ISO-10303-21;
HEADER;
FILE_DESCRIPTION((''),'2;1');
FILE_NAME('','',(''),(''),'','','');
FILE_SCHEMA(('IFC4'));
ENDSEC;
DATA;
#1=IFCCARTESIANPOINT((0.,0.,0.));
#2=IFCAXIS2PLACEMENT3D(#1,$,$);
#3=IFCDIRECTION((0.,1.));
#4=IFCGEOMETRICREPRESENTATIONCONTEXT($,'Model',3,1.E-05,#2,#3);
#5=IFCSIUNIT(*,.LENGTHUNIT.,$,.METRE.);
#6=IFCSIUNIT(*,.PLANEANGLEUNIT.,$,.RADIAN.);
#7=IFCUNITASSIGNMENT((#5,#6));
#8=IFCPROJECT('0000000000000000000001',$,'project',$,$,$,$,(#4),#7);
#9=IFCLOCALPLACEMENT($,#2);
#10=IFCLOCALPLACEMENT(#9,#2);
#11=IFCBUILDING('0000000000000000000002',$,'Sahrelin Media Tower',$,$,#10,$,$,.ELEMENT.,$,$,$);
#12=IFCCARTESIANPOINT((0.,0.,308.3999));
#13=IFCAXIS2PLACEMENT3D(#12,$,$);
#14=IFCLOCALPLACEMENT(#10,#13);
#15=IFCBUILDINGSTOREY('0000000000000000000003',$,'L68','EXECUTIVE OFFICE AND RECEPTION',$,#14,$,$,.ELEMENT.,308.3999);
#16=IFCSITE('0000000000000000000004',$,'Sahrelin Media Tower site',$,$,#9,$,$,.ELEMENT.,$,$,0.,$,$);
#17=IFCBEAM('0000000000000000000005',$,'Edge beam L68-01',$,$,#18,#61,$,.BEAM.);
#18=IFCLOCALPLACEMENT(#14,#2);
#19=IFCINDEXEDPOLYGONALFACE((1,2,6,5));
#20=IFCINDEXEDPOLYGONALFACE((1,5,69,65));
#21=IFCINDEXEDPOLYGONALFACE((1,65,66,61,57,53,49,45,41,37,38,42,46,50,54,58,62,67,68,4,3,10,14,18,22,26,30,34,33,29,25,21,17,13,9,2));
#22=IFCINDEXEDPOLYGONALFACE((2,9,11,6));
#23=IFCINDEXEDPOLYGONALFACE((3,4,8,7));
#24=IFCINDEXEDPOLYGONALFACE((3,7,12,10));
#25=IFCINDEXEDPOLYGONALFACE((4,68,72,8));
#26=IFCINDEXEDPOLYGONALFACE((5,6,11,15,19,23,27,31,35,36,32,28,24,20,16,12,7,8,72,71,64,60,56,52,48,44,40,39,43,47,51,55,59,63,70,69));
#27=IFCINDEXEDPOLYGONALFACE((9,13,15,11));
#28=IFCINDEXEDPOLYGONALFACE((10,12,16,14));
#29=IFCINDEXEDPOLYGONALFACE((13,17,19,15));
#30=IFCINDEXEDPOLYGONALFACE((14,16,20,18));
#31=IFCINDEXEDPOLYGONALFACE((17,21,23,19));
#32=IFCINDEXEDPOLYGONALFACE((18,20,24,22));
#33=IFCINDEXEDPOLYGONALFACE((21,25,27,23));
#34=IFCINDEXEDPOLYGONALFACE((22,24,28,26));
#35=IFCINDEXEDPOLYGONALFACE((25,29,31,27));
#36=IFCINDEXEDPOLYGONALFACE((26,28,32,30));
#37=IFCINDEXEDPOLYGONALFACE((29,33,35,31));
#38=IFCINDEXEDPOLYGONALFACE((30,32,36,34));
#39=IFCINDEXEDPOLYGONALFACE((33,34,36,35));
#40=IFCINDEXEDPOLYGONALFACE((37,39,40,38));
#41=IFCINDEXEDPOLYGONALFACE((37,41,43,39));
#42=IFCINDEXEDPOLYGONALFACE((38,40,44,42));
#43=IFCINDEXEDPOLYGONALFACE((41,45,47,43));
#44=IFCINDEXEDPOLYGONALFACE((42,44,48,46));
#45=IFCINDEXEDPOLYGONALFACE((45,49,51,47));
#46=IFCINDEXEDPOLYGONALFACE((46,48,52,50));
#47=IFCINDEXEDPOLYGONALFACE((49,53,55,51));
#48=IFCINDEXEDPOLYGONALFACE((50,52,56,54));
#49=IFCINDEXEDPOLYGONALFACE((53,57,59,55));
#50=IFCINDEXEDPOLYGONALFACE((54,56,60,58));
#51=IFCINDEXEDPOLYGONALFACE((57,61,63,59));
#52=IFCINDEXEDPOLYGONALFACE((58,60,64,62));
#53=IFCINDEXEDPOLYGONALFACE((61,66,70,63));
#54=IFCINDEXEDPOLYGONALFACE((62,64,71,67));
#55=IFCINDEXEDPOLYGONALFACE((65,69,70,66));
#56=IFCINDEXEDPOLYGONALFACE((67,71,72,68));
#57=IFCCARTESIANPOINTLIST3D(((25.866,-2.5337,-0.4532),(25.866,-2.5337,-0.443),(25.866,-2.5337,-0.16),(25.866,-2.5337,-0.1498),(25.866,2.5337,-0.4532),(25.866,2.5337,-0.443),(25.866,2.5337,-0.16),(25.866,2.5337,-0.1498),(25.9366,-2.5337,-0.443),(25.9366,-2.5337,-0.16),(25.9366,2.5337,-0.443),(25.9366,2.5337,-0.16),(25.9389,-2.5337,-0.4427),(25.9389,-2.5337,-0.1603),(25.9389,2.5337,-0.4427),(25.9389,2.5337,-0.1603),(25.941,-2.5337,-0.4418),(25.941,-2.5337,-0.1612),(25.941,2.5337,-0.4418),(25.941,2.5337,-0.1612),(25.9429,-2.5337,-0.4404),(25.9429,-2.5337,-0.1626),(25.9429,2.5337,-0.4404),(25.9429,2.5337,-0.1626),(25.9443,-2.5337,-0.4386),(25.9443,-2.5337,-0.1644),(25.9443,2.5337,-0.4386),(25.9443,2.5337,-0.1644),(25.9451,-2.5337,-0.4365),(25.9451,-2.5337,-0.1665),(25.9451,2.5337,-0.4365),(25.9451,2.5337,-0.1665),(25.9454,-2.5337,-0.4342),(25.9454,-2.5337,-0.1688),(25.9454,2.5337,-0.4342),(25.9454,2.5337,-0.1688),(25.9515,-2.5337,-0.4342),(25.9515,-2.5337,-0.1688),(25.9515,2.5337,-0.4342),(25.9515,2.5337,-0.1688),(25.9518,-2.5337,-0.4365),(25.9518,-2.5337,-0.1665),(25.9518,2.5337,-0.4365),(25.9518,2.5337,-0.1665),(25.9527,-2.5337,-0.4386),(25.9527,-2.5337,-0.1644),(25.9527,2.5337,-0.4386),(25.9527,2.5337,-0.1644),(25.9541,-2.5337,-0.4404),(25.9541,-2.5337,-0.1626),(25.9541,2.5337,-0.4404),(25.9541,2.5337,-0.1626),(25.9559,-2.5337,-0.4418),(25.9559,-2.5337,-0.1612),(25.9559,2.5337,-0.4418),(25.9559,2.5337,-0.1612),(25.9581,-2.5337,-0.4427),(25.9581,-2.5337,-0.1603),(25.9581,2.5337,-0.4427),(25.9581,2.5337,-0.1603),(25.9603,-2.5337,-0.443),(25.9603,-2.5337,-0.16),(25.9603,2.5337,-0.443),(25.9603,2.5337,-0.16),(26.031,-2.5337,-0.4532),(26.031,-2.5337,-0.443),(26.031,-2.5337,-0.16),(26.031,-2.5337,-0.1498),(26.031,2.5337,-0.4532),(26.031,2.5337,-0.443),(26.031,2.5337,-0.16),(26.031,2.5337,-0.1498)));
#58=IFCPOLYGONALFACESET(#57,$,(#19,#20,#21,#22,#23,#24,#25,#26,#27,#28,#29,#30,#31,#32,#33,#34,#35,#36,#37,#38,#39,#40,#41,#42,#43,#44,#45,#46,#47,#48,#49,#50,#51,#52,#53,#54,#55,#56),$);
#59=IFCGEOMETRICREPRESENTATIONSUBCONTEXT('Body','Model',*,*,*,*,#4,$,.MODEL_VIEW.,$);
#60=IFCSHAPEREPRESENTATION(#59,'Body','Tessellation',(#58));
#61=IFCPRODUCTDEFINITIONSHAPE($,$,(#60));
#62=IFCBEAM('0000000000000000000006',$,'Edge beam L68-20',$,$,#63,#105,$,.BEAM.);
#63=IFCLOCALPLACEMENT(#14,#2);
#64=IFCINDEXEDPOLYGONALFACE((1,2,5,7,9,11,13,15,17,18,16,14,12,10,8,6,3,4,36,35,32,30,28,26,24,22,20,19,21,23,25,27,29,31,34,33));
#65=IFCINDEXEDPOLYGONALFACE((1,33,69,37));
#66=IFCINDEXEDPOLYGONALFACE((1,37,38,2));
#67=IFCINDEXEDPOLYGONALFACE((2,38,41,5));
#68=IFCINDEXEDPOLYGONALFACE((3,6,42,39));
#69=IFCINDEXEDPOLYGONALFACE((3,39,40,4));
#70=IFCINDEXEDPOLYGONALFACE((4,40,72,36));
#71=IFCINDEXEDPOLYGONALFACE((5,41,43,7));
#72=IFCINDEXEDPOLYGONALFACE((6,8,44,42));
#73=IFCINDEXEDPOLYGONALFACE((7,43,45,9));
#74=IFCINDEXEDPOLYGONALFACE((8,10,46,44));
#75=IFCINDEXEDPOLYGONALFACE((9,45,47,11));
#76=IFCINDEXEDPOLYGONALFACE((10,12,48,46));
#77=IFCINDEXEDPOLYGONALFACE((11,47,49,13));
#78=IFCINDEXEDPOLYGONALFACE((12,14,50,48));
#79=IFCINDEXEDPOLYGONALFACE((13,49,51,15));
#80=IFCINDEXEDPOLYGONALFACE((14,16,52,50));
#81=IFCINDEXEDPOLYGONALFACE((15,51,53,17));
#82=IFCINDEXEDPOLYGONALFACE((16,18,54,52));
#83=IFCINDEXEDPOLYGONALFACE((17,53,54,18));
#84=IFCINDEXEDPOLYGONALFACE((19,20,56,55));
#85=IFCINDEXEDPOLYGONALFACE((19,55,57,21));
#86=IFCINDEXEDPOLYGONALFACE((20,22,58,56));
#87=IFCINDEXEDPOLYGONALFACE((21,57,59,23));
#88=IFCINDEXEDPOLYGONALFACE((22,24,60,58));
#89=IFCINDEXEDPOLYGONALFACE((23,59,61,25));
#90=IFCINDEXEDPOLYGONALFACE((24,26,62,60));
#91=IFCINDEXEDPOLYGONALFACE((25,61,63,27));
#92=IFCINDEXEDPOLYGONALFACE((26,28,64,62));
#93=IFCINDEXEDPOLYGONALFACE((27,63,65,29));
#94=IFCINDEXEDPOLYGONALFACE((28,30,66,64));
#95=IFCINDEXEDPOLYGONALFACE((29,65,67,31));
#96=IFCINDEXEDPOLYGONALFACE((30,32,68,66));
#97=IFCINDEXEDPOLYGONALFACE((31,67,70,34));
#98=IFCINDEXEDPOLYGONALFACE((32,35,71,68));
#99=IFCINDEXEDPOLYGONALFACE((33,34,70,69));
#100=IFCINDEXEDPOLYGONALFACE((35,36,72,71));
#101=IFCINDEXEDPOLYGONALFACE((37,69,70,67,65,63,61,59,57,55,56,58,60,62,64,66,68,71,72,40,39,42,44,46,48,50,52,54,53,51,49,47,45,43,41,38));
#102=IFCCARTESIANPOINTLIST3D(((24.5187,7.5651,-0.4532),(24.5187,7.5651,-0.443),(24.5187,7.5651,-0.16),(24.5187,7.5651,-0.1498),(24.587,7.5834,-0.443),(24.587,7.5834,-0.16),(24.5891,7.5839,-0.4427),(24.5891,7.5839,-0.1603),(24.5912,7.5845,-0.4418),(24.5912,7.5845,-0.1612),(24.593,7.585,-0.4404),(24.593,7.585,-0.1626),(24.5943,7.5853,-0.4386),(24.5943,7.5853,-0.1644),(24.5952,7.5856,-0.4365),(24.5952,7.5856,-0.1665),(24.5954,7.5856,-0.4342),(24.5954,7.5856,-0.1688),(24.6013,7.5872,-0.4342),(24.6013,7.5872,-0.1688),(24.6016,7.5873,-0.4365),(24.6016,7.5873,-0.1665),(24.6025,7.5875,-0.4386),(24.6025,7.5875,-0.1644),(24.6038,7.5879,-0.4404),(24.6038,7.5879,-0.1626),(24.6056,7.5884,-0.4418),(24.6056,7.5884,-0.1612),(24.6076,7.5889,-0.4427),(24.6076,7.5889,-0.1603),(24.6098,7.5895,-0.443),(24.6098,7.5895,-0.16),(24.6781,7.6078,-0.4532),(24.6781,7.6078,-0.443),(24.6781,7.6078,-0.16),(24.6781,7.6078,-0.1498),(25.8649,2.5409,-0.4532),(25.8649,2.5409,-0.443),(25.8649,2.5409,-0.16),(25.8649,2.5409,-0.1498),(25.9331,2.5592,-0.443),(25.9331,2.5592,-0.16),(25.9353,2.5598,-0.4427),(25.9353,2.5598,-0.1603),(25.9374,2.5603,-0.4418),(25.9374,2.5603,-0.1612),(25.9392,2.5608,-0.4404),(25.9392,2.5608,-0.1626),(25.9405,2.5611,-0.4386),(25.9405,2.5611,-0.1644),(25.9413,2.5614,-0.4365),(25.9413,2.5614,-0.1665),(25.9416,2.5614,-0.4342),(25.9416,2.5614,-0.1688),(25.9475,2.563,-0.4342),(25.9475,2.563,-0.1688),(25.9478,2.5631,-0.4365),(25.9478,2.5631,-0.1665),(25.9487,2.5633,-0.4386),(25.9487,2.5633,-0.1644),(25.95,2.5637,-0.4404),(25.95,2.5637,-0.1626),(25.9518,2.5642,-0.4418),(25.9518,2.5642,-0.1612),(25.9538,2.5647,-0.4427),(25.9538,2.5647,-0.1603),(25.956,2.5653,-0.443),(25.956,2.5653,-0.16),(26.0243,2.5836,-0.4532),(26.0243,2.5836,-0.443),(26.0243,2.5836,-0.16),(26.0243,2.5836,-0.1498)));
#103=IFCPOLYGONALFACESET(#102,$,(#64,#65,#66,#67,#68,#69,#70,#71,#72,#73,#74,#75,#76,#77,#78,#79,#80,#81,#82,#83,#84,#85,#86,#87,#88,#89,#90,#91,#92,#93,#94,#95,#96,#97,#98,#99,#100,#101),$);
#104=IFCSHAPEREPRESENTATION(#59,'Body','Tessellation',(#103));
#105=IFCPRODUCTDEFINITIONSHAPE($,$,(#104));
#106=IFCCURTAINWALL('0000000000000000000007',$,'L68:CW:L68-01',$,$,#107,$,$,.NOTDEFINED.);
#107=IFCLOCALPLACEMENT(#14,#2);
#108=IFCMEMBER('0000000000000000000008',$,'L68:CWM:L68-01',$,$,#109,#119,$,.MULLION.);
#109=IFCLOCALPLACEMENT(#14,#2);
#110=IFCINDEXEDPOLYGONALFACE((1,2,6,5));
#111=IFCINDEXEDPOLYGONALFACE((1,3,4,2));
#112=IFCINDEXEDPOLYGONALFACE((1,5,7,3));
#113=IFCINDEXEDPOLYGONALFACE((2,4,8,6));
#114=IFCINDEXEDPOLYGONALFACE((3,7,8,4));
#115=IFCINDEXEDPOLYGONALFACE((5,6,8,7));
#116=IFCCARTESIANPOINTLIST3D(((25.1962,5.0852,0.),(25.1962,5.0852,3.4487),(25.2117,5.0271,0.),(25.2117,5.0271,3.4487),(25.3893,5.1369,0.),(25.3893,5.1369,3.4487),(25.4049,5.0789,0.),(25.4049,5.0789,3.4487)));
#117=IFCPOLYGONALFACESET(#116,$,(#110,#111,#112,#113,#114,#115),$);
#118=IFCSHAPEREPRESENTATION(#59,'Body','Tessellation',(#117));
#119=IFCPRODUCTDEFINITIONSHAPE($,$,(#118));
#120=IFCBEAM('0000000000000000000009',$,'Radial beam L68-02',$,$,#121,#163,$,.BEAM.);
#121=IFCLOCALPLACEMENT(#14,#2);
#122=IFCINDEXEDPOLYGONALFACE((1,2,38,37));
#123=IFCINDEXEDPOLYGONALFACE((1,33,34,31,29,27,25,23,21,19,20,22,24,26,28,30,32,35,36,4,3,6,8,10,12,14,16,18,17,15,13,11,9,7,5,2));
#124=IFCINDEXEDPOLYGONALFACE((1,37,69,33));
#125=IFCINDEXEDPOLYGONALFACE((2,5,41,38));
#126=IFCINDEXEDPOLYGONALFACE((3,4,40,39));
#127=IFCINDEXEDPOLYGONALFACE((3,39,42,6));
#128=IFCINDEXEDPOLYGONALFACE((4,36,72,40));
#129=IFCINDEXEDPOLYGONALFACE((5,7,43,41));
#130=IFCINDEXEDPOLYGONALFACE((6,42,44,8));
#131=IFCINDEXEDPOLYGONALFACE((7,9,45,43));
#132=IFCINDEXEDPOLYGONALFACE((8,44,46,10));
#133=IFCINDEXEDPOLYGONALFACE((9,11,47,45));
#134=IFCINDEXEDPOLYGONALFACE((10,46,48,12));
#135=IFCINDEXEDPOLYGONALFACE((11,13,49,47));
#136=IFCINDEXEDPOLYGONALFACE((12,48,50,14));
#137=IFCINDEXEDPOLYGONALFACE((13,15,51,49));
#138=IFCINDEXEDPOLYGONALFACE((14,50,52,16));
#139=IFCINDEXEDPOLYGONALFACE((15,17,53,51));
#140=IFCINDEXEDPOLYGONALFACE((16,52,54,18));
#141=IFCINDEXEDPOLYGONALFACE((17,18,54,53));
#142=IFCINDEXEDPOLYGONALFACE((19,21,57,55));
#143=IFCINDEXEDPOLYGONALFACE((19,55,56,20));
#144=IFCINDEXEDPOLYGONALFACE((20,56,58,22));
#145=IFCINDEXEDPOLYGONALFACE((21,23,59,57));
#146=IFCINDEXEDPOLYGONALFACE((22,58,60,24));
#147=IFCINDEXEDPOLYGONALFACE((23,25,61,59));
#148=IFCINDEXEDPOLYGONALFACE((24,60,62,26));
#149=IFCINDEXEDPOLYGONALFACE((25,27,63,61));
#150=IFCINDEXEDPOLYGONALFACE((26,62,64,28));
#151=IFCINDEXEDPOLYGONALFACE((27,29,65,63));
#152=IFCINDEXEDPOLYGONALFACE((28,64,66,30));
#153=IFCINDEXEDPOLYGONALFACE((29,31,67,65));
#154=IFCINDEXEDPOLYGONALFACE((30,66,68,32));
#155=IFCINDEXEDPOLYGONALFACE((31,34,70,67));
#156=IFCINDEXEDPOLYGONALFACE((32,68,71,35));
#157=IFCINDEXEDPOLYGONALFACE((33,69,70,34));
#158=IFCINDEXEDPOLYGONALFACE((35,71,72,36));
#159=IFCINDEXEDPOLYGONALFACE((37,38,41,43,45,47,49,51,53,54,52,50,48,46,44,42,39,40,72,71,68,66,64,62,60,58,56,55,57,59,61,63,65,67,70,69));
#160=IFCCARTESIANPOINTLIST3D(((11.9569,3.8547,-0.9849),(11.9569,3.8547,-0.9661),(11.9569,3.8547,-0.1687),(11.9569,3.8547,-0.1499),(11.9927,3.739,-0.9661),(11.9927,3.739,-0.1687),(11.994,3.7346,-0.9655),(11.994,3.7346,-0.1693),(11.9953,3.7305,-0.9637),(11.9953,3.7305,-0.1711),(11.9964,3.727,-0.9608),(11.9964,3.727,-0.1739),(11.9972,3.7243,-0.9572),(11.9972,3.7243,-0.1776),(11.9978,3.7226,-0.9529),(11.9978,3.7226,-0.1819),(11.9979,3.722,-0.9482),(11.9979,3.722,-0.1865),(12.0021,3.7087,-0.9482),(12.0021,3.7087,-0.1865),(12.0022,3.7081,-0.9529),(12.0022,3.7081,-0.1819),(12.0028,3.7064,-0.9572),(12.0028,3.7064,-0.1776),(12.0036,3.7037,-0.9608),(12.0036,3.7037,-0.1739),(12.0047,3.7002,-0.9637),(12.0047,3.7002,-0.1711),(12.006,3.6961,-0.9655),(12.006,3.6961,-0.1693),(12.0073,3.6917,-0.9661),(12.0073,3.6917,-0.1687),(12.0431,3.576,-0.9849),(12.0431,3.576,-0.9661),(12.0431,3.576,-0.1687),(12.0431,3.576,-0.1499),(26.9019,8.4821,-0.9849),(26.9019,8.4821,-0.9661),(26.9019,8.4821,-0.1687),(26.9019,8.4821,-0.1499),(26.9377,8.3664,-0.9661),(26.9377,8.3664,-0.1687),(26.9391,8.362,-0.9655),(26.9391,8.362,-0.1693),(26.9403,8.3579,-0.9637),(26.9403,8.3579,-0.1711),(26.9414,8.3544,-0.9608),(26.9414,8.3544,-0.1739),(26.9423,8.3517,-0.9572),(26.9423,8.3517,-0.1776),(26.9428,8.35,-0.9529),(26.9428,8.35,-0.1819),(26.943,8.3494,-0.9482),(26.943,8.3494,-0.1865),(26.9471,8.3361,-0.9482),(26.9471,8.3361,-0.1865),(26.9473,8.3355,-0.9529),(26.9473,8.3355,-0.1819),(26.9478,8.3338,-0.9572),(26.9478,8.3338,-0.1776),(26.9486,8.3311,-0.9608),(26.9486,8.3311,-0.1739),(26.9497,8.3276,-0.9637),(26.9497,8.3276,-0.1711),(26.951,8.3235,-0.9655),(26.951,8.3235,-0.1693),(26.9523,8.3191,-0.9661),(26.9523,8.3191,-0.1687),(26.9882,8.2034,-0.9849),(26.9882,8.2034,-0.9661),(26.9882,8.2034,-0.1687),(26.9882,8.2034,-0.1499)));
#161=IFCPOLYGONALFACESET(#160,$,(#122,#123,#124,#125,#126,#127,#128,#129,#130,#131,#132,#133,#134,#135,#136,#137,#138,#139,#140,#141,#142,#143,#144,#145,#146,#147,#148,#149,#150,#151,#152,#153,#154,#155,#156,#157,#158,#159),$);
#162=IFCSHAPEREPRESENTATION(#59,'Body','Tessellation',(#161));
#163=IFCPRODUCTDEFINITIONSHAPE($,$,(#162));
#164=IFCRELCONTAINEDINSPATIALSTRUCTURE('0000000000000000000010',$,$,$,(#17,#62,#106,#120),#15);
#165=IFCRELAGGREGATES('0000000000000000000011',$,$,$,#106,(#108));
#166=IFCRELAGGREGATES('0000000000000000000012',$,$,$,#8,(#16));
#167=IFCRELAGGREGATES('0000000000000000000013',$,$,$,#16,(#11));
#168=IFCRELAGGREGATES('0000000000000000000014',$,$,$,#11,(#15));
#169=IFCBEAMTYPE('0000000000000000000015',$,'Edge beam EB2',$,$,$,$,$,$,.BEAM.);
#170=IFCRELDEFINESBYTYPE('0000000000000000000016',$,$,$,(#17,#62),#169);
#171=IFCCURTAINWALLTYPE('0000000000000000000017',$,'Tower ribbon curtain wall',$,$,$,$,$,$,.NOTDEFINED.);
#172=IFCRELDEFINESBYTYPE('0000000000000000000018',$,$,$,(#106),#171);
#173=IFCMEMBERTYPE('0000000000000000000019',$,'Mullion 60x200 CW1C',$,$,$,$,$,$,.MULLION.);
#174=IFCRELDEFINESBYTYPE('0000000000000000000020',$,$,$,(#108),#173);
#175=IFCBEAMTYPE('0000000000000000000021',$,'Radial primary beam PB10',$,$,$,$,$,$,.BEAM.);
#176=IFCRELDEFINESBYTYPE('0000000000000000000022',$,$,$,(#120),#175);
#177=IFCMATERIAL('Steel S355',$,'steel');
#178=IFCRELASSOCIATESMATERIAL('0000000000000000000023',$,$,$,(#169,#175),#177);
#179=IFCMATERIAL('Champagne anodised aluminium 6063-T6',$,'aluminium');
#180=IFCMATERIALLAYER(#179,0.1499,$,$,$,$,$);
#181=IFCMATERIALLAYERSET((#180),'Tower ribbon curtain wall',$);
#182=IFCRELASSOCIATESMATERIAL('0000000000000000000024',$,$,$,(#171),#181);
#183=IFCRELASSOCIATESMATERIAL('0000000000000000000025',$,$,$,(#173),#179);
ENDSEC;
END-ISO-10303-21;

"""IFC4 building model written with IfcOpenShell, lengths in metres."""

from ifc_helpers import new_model, si_unit, direction, frame, origin, origin_2d, place, context, subcontext, project, spatial, rectangle, i_section, extrude, material, layer, layer_set, material_profile, profile_set, type_object, element, aggregate, save


model = new_model("IFC4")

# Units and contexts
model_context = context("Model", 3, precision=1e-05, world=origin(), true_north=direction((0.0, 1.0)))
body_context = subcontext(model_context, "Body", "Model", "MODEL_VIEW")
ifc_project = project(units=[si_unit("LENGTHUNIT", "METRE"), si_unit("PLANEANGLEUNIT", "RADIAN")], contexts=[model_context])

# Site, building, storey
site_placement = place(None, origin())
site = spatial("IfcSite", under=ifc_project, at=site_placement, Name="Sahrelin Media Tower site", CompositionType="ELEMENT", RefElevation=0.0)
building_placement = place(site_placement, origin())
building = spatial("IfcBuilding", under=site, at=building_placement, Name="Sahrelin Media Tower", CompositionType="ELEMENT")
storey_placement = place(building_placement, frame((0.0, 0.0, 308.3999)))
storey = spatial("IfcBuildingStorey", under=building, at=storey_placement, Name="L68", Description="EXECUTIVE OFFICE AND RECEPTION", CompositionType="ELEMENT", Elevation=308.3999)

# Beams
ifc_material_1 = material(Name="Steel S355", Category="steel")
ifc_material_profile_1 = material_profile(ifc_material_1, i_section(OverallWidth=0.165, OverallDepth=0.3035, WebThickness=0.0061, FlangeThickness=0.0103, FilletRadius=0.0088, at=origin_2d()), Name="UB 305x165x40")
ifc_profile_set_1 = profile_set([ifc_material_profile_1], Name="Steel S355")
beam_type_1 = type_object("IfcBeamType", Name="Edge beam EB2", PredefinedType="BEAM", material=ifc_profile_set_1)
beam_1_placement = place(storey_placement, frame((25.9485, 2.5337, -0.3015), z_axis=(0.0, -1.0, 0.0), x_axis=(1.0, 0.0, 0.0)))
element("IfcBeam", 1, at=beam_1_placement, inside=storey, type_object=beam_type_1, Name="Edge beam L68-01", PredefinedType="BEAM", context=body_context, shape_type="SweptSolid", body=[
    extrude(i_section(OverallWidth=0.165, OverallDepth=0.3035, WebThickness=0.0061, FlangeThickness=0.0103, FilletRadius=0.0088, at=origin_2d()), origin(), (0.0, 0.0, 1.0), 5.0674),
])
beam_2_placement = place(storey_placement, frame((24.5984, 7.5864, -0.3015), z_axis=(0.258814, -0.965927, 0.0), x_axis=(0.965927, 0.258814, 0.0)))
element("IfcBeam", 2, at=beam_2_placement, inside=storey, type_object=beam_type_1, Name="Edge beam L68-20", PredefinedType="BEAM", context=body_context, shape_type="SweptSolid", body=[
    extrude(i_section(OverallWidth=0.165, OverallDepth=0.3035, WebThickness=0.0061, FlangeThickness=0.0103, FilletRadius=0.0088, at=origin_2d()), origin(), (0.0, 0.0, 1.0), 5.2014),
])

# Curtain wall, member
ifc_material_2 = material(Name="Champagne anodised aluminium 6063-T6", Category="aluminium")
ifc_layer_1 = layer(ifc_material_2, 0.1499)
ifc_layer_set_1 = layer_set([ifc_layer_1], Name="Tower ribbon curtain wall")
curtain_wall_type = type_object("IfcCurtainWallType", Name="Tower ribbon curtain wall", PredefinedType="NOTDEFINED", material=ifc_layer_set_1)
curtain_wall_1_placement = place(storey_placement, frame((25.4165, 5.113, 0.0), z_axis=(0.0, 0.0, 1.0), x_axis=(1.0, 0.0, 0.0)))
curtain_wall_1 = element("IfcCurtainWall", 3, at=curtain_wall_1_placement, inside=storey, type_object=curtain_wall_type, Name="L68:CW:L68-01", PredefinedType="NOTDEFINED")
ifc_material_profile_2 = material_profile(ifc_material_2, rectangle(XDim=0.0601, YDim=0.2, at=origin_2d()), Name="Mullion 60x200")
ifc_profile_set_2 = profile_set([ifc_material_profile_2], Name="Champagne anodised aluminium 6063-T6")
member_type_1 = type_object("IfcMemberType", Name="Mullion 60x200 CW1C", PredefinedType="MULLION", material=ifc_profile_set_2)
member_1_placement = place(storey_placement, frame((25.3005, 5.082, 0.0), z_axis=(0.0, 0.0, 1.0), x_axis=(-0.258824, 0.965924, 0.0)))
member_1 = element("IfcMember", 4, at=member_1_placement, type_object=member_type_1, Name="L68:CWM:L68-01", PredefinedType="MULLION", context=body_context, shape_type="SweptSolid", body=[
    extrude(rectangle(XDim=0.0601, YDim=0.2, at=origin_2d()), origin(), (0.0, 0.0, 1.0), 3.4487),
])

# Beam
ifc_material_profile_3 = material_profile(ifc_material_1, i_section(OverallWidth=0.2917, OverallDepth=0.835, WebThickness=0.0139, FlangeThickness=0.0188, FilletRadius=0.0178, at=origin_2d()), Name="UB 838x292x176")
ifc_profile_set_3 = profile_set([ifc_material_profile_3], Name="Steel S355")
beam_type_2 = type_object("IfcBeamType", Name="Radial primary beam PB10", PredefinedType="BEAM", material=ifc_profile_set_3)
beam_3_placement = place(storey_placement, frame((12.0, 3.7153, -0.5674), z_axis=(0.955257, 0.295776, 0.0), x_axis=(-0.295776, 0.955257, 0.0)))
element("IfcBeam", 5, at=beam_3_placement, inside=storey, type_object=beam_type_2, Name="Radial beam L68-02", PredefinedType="BEAM", context=body_context, shape_type="SweptSolid", body=[
    extrude(i_section(OverallWidth=0.2917, OverallDepth=0.835, WebThickness=0.0139, FlangeThickness=0.0188, FilletRadius=0.0178, at=origin_2d()), origin(), (0.0, 0.0, 1.0), 15.645),
])

aggregate(curtain_wall_1, [member_1])

save(model, "model.ifc")
